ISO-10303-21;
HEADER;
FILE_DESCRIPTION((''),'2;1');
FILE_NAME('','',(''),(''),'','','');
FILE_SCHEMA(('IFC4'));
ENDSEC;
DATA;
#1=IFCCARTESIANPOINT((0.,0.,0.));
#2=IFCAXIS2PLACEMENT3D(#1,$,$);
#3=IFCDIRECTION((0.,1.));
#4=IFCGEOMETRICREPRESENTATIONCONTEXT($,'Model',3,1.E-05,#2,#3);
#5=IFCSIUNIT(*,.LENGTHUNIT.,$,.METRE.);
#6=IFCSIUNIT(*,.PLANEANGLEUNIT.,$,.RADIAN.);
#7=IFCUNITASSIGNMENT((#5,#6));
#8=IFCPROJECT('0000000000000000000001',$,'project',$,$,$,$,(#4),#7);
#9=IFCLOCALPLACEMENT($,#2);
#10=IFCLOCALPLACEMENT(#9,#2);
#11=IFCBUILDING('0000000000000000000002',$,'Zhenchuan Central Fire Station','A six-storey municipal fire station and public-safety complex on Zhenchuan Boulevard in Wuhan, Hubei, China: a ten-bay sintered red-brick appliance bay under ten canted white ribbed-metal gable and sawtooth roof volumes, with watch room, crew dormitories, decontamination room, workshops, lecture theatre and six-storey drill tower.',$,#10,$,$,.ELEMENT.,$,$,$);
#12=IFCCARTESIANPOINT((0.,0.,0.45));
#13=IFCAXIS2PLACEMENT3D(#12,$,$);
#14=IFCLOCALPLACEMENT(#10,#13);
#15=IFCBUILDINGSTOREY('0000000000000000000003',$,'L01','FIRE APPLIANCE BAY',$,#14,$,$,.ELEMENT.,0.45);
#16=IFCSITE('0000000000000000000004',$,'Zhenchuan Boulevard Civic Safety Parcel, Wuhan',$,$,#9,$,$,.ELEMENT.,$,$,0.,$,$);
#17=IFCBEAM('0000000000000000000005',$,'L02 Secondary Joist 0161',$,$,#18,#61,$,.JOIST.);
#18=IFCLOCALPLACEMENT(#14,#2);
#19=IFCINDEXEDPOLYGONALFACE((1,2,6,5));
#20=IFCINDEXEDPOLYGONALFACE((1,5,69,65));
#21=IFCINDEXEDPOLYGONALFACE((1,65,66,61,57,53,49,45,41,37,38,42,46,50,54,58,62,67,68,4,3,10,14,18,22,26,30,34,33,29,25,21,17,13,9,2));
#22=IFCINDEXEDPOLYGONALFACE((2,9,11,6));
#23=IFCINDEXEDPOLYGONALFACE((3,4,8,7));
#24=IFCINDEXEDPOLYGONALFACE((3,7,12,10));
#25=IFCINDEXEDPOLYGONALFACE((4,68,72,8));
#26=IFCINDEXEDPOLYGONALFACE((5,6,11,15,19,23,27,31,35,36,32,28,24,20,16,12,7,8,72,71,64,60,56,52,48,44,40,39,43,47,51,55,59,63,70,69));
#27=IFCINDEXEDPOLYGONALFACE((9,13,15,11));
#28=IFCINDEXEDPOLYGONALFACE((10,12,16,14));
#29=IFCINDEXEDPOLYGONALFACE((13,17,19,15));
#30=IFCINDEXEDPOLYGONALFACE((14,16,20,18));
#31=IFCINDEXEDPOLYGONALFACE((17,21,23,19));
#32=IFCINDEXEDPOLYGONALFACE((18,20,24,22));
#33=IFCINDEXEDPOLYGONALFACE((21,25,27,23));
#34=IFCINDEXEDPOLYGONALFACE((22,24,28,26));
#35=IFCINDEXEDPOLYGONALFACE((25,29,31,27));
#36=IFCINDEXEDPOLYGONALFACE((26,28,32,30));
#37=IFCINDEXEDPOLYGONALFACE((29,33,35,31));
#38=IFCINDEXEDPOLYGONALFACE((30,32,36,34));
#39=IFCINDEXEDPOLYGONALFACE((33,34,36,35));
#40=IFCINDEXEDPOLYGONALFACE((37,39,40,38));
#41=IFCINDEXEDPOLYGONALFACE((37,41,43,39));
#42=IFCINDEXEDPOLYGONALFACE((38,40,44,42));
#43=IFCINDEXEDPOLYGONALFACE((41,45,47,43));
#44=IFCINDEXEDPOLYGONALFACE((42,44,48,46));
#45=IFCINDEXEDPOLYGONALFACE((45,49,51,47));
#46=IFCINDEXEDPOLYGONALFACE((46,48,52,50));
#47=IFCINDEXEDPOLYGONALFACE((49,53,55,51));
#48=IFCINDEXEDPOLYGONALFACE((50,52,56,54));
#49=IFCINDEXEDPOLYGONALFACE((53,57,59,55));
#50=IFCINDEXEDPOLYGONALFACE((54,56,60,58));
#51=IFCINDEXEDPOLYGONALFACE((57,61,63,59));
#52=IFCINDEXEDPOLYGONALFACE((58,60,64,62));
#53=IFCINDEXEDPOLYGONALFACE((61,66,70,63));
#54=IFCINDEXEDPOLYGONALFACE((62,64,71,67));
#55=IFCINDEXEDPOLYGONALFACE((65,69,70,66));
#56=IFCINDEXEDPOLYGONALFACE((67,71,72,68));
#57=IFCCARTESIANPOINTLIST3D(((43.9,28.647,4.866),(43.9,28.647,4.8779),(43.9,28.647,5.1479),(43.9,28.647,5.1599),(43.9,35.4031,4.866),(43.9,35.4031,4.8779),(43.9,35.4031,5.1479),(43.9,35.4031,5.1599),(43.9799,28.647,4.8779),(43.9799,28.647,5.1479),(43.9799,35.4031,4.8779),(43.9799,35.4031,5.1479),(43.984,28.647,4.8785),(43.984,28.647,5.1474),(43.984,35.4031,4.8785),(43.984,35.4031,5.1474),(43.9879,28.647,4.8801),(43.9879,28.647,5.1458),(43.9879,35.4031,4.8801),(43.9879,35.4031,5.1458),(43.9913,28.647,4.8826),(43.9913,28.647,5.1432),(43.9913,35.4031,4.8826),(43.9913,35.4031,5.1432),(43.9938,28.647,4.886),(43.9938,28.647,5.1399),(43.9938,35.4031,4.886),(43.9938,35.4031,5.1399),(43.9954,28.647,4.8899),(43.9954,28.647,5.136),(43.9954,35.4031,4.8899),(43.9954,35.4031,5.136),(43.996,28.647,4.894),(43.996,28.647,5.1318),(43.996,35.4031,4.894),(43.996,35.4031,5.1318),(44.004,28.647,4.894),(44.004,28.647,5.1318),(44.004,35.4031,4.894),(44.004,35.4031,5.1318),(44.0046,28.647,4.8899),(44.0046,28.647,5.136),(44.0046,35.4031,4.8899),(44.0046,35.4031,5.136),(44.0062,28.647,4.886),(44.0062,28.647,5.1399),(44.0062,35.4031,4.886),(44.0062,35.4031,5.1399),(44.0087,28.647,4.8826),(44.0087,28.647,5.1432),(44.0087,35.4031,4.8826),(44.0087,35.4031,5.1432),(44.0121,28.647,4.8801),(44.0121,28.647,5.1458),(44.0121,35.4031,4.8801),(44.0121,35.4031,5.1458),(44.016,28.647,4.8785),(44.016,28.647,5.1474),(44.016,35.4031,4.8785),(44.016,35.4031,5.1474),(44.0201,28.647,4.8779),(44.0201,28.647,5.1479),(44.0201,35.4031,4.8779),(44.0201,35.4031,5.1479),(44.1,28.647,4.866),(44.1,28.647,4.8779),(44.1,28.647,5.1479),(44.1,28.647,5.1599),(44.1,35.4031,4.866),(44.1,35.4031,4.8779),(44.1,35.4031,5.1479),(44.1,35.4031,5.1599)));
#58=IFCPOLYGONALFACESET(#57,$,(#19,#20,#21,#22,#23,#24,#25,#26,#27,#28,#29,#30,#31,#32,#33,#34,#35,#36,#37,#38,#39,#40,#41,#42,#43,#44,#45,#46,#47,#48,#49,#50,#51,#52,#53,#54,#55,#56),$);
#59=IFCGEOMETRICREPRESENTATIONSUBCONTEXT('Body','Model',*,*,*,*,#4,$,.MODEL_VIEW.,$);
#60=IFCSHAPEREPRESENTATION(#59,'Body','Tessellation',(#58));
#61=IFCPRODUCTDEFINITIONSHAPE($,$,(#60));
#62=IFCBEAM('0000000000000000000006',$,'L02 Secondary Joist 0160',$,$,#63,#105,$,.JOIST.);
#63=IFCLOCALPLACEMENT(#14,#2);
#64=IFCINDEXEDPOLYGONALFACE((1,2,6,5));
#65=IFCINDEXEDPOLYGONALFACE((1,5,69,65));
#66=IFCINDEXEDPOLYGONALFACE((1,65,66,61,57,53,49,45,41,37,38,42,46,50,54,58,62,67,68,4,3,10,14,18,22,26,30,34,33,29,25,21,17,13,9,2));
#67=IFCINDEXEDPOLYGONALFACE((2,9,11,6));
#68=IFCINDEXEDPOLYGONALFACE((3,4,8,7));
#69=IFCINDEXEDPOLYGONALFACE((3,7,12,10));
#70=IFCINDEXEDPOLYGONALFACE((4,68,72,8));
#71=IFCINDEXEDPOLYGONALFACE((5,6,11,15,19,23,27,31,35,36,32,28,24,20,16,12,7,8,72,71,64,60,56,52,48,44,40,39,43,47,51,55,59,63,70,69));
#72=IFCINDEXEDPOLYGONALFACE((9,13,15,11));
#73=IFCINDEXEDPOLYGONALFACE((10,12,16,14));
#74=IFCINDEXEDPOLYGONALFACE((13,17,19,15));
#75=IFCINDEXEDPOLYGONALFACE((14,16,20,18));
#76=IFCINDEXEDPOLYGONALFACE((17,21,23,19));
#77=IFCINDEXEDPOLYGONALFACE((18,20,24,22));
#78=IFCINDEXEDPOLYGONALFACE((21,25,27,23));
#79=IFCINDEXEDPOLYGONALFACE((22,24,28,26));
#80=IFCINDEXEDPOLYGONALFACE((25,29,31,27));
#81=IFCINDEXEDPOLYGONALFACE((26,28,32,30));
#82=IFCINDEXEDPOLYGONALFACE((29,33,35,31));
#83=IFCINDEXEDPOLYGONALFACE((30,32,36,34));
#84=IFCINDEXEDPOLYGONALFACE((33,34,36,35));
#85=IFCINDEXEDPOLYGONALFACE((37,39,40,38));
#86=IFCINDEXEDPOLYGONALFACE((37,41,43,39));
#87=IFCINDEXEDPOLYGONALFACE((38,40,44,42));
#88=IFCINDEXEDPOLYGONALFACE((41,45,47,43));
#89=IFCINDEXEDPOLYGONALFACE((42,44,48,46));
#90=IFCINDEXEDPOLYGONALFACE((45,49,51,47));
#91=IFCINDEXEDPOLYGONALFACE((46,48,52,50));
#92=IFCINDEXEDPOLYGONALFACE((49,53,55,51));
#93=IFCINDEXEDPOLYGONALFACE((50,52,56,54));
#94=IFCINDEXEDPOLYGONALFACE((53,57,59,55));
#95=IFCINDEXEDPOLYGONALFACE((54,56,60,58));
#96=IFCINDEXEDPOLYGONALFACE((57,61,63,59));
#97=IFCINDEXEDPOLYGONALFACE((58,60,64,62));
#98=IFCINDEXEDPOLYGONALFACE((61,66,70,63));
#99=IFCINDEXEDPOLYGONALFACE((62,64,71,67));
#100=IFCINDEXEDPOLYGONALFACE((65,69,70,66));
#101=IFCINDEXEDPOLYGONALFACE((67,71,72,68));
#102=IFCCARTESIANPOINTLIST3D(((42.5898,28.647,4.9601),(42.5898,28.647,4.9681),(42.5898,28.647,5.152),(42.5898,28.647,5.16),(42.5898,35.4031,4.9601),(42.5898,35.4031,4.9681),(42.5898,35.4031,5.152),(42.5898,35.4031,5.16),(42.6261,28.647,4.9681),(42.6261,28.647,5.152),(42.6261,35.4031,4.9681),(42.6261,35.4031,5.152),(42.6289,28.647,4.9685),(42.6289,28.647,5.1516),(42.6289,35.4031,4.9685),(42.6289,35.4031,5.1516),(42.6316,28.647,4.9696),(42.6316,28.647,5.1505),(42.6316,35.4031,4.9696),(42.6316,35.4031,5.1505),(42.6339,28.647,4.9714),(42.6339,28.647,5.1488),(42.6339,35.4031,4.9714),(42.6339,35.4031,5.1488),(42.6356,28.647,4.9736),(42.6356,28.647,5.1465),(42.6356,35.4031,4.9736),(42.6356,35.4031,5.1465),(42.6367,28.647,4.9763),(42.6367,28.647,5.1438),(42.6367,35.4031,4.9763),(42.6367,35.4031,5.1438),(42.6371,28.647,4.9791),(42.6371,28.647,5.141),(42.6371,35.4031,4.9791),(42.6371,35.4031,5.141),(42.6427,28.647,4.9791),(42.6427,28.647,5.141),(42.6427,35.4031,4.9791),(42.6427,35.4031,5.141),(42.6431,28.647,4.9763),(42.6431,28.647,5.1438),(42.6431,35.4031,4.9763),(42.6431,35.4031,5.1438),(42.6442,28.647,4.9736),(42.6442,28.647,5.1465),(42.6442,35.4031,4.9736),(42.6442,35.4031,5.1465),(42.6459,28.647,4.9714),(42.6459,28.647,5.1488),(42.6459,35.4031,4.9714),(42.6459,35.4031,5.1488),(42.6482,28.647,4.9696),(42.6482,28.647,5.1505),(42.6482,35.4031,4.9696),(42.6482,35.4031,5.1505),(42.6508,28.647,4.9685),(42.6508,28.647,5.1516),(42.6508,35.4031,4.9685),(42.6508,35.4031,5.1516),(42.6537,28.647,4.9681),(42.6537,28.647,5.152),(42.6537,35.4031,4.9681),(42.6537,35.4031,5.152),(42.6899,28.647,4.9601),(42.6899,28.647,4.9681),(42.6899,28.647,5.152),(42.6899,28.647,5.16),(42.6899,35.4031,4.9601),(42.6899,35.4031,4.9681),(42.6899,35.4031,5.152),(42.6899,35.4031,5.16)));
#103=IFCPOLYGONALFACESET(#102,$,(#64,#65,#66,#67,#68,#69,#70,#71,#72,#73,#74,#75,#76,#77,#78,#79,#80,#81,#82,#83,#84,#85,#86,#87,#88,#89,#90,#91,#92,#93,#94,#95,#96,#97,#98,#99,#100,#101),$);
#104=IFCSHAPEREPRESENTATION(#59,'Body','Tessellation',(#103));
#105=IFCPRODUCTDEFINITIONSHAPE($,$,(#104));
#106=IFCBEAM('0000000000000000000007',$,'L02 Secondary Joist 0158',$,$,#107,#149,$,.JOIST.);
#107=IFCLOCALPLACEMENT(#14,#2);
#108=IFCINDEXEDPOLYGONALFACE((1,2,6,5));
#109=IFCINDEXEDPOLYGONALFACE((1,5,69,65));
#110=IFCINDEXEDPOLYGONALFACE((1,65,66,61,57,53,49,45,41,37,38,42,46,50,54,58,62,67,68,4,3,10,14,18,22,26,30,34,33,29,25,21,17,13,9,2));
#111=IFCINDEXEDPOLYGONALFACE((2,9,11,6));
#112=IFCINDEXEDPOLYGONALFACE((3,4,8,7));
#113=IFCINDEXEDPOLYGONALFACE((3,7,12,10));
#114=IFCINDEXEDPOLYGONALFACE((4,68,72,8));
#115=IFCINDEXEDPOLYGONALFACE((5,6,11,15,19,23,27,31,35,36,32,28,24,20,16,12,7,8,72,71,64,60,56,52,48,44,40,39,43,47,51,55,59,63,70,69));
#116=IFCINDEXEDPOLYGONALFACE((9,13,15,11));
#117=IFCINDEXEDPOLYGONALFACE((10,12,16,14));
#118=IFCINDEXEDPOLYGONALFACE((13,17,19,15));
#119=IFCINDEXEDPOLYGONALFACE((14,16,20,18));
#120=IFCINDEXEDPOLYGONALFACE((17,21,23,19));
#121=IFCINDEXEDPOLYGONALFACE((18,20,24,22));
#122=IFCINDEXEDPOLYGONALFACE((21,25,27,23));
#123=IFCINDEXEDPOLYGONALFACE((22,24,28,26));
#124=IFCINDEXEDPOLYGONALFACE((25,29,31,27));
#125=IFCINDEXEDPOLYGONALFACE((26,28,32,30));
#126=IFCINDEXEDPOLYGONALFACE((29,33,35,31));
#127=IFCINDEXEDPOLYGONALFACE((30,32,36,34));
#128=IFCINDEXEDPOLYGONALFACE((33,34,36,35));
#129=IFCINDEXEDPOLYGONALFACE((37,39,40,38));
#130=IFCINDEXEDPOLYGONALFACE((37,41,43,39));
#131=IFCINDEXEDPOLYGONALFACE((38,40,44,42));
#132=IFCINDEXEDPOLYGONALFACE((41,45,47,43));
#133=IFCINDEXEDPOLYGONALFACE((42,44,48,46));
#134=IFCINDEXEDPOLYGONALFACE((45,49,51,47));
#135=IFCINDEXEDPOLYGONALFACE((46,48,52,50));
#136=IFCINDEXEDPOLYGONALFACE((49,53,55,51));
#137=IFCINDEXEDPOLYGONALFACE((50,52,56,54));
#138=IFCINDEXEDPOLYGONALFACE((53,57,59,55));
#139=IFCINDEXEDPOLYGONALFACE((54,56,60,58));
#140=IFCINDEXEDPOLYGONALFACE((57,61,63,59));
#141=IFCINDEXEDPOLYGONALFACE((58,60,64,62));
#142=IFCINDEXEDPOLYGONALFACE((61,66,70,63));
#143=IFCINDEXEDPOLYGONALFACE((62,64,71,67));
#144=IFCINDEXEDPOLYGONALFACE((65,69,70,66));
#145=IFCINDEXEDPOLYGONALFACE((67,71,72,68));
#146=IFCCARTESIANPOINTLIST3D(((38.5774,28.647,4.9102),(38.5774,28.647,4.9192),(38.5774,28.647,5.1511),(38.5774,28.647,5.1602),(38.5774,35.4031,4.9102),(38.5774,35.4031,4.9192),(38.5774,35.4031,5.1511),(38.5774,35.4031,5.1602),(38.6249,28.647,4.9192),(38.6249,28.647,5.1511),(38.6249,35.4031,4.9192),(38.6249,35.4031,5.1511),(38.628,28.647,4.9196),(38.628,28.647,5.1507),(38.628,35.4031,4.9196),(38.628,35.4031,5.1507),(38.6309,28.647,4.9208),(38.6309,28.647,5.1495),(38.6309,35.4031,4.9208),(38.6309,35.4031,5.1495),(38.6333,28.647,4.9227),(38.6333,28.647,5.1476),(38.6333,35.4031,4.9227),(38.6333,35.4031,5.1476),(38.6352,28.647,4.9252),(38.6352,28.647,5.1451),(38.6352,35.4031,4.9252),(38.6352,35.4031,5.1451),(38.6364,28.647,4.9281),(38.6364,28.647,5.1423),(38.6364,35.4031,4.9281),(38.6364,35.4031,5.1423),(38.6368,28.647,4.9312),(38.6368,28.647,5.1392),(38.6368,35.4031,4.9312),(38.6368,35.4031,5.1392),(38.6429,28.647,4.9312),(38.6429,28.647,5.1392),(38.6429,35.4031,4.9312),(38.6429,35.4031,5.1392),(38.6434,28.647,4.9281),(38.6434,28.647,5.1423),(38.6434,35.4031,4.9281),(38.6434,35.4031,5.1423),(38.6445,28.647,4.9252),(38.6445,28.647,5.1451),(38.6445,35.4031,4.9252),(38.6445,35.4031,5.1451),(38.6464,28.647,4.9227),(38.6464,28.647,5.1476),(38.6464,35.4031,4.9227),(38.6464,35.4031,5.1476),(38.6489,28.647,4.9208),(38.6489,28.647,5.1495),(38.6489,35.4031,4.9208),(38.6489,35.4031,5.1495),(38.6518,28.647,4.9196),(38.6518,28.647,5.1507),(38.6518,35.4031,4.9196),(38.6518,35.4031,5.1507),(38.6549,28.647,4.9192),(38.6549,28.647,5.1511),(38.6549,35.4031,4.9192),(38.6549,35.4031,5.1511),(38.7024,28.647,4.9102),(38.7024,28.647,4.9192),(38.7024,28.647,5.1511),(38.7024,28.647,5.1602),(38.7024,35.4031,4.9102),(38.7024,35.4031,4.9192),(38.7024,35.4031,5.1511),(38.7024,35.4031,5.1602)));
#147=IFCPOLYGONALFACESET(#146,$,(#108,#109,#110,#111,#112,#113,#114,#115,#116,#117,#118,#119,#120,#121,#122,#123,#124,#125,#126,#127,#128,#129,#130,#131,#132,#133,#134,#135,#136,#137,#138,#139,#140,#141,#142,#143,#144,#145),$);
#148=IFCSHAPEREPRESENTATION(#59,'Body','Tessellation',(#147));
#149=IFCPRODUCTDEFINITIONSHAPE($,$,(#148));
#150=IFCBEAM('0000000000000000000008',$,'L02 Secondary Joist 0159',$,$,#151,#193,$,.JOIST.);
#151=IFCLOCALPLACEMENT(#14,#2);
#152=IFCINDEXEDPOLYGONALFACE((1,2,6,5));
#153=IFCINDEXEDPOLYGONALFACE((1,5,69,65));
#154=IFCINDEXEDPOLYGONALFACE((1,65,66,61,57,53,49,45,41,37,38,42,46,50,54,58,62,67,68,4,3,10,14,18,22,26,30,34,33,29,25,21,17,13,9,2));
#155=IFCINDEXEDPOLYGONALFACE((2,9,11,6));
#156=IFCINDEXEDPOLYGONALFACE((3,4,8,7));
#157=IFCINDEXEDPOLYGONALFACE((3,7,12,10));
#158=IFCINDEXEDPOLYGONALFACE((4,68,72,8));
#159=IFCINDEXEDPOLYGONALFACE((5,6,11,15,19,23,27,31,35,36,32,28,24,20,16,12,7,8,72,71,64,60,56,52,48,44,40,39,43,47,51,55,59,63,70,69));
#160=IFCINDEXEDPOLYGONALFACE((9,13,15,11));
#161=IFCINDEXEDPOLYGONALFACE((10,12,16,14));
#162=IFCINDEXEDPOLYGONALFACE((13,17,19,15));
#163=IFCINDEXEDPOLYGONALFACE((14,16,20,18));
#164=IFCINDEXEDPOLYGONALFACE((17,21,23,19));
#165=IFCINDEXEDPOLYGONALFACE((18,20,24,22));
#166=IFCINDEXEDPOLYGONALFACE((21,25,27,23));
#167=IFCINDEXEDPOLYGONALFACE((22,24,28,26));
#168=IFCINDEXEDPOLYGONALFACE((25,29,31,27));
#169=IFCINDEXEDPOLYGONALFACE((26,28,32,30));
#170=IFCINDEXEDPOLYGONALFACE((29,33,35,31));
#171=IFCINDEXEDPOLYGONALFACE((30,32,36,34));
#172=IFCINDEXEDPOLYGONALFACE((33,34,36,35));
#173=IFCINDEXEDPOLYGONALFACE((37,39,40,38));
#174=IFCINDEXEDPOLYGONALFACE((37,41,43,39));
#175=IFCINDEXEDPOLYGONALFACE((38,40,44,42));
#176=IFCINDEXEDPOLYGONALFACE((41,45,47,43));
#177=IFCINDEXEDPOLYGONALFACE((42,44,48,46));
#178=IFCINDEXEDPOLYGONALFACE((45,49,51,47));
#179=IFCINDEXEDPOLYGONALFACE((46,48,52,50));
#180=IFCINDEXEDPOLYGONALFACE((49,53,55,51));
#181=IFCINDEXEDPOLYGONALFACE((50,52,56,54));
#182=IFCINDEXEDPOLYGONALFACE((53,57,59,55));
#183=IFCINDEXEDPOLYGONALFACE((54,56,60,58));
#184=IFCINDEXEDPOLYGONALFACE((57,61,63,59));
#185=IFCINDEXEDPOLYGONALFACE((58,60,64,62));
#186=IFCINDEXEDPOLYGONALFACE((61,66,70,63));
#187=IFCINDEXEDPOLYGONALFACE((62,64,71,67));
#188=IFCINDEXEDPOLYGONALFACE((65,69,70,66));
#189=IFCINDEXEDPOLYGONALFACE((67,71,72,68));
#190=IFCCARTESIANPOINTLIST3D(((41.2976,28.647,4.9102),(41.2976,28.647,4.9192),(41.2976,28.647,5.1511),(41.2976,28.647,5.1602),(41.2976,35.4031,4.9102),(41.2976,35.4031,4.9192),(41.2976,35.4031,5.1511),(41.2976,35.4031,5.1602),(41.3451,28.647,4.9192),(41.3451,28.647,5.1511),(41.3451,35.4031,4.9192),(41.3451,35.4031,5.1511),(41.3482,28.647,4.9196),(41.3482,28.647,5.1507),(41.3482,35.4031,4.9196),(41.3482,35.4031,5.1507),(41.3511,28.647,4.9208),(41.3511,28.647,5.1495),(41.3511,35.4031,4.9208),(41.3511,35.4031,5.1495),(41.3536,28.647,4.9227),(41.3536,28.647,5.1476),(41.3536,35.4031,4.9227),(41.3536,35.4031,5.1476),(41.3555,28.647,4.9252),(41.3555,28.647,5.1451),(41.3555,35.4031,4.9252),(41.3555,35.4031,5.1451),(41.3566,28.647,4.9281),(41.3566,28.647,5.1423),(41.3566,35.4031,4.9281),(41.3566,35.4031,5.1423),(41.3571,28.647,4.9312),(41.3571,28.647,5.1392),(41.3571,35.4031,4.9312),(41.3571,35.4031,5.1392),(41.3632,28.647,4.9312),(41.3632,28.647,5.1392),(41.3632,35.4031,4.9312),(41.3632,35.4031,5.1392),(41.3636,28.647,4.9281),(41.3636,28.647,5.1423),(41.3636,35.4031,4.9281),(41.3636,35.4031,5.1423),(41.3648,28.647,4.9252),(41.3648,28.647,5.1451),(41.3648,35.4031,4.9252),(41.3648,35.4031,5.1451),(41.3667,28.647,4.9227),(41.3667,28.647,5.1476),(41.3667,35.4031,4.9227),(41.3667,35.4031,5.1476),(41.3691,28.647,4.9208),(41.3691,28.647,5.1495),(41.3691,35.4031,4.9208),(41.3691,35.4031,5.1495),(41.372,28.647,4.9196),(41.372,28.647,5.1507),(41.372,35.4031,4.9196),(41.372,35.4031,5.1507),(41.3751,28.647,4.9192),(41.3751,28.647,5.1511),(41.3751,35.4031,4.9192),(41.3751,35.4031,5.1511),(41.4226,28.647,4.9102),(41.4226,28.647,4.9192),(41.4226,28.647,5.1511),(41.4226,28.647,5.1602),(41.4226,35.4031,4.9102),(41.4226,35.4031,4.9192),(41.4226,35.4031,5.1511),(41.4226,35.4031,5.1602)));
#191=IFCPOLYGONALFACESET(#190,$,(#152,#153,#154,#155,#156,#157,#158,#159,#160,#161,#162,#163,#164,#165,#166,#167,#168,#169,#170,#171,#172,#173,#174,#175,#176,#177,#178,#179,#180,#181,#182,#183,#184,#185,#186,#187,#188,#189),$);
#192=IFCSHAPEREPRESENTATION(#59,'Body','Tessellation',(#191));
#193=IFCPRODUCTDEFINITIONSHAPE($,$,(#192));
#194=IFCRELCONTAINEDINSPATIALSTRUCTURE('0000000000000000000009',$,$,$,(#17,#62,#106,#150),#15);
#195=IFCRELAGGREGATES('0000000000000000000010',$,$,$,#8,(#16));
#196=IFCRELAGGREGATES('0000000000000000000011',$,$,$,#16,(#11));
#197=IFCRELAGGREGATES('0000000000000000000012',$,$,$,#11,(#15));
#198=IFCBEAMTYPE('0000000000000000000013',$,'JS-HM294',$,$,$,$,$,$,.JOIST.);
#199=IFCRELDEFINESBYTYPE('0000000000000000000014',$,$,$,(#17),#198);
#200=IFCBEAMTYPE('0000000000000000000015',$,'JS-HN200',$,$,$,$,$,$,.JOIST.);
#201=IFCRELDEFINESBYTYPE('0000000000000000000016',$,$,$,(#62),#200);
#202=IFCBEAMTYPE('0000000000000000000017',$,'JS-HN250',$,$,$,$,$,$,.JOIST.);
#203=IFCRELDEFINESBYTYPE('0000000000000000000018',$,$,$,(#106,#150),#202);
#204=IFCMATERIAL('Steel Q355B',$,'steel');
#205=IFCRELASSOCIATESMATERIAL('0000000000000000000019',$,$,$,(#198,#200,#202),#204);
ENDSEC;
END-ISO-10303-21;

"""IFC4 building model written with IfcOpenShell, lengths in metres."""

from ifc_helpers import new_model, si_unit, direction, frame, origin, origin_2d, place, context, subcontext, project, spatial, i_section, extrude, material, material_profile, profile_set, type_object, element, save


model = new_model("IFC4")

# Units and contexts
model_context = context("Model", 3, precision=1e-05, world=origin(), true_north=direction((0.0, 1.0)))
body_context = subcontext(model_context, "Body", "Model", "MODEL_VIEW")
ifc_project = project(units=[si_unit("LENGTHUNIT", "METRE"), si_unit("PLANEANGLEUNIT", "RADIAN")], contexts=[model_context])

# Site, building, storey
site_placement = place(None, origin())
site = spatial("IfcSite", under=ifc_project, at=site_placement, Name="Zhenchuan Boulevard Civic Safety Parcel, Wuhan", CompositionType="ELEMENT", RefElevation=0.0)
building_placement = place(site_placement, origin())
building = spatial("IfcBuilding", under=site, at=building_placement, Name="Zhenchuan Central Fire Station", Description="A six-storey municipal fire station and public-safety complex on Zhenchuan Boulevard in Wuhan, Hubei, China: a ten-bay sintered red-brick appliance bay under ten canted white ribbed-metal gable and sawtooth roof volumes, with watch room, crew dormitories, decontamination room, workshops, lecture theatre and six-storey drill tower.", CompositionType="ELEMENT")
storey_placement = place(building_placement, frame((0.0, 0.0, 0.45)))
storey = spatial("IfcBuildingStorey", under=building, at=storey_placement, Name="L01", Description="FIRE APPLIANCE BAY", CompositionType="ELEMENT", Elevation=0.45)

# Shared definitions
ifc_material_1 = material(Name="Steel Q355B", Category="steel")

# Beams
ifc_material_profile_1 = material_profile(ifc_material_1, i_section(OverallWidth=0.2, OverallDepth=0.2939, WebThickness=0.0081, FlangeThickness=0.012, FilletRadius=0.0161, at=origin_2d()), Name="HM 294x200")
ifc_profile_set_1 = profile_set([ifc_material_profile_1], Name="Steel Q355B")
beam_type_1 = type_object("IfcBeamType", Name="JS-HM294", PredefinedType="JOIST", material=ifc_profile_set_1)
beam_1_placement = place(storey_placement, frame((44.0, 28.647, 5.0129), z_axis=(0.0, 1.0, 0.0), x_axis=(-1.0, 0.0, 0.0)))
element("IfcBeam", 1, at=beam_1_placement, inside=storey, type_object=beam_type_1, Name="L02 Secondary Joist 0161", PredefinedType="JOIST", context=body_context, shape_type="SweptSolid", body=[
    extrude(i_section(OverallWidth=0.2, OverallDepth=0.2939, WebThickness=0.0081, FlangeThickness=0.012, FilletRadius=0.0161, at=origin_2d()), origin(), (0.0, 0.0, 1.0), 6.7561),
])
ifc_material_profile_2 = material_profile(ifc_material_1, i_section(OverallWidth=0.1001, OverallDepth=0.2, WebThickness=0.0056, FlangeThickness=0.0081, FilletRadius=0.011, at=origin_2d()), Name="HN 200x100")
ifc_profile_set_2 = profile_set([ifc_material_profile_2], Name="Steel Q355B")
beam_type_2 = type_object("IfcBeamType", Name="JS-HN200", PredefinedType="JOIST", material=ifc_profile_set_2)
beam_2_placement = place(storey_placement, frame((42.6399, 28.647, 5.0601), z_axis=(0.0, 1.0, 0.0), x_axis=(-1.0, 0.0, 0.0)))
element("IfcBeam", 2, at=beam_2_placement, inside=storey, type_object=beam_type_2, Name="L02 Secondary Joist 0160", PredefinedType="JOIST", context=body_context, shape_type="SweptSolid", body=[
    extrude(i_section(OverallWidth=0.1001, OverallDepth=0.2, WebThickness=0.0056, FlangeThickness=0.0081, FilletRadius=0.011, at=origin_2d()), origin(), (0.0, 0.0, 1.0), 6.7561),
])
ifc_material_profile_3 = material_profile(ifc_material_1, i_section(OverallWidth=0.125, OverallDepth=0.25, WebThickness=0.0061, FlangeThickness=0.009, FilletRadius=0.012, at=origin_2d()), Name="HN 250x125")
ifc_profile_set_3 = profile_set([ifc_material_profile_3], Name="Steel Q355B")
beam_type_3 = type_object("IfcBeamType", Name="JS-HN250", PredefinedType="JOIST", material=ifc_profile_set_3)
for number, where, z_axis, x_axis, name in (
    (3, (38.6399, 28.647, 5.0352), (0.0, 1.0, 0.0), (-1.0, 0.0, 0.0), "L02 Secondary Joist 0158"),
    (4, (41.3601, 28.647, 5.0352), (0.0, 1.0, 0.0), (-1.0, 0.0, 0.0), "L02 Secondary Joist 0159"),
):
    element("IfcBeam", number, at=place(storey_placement, frame(where, z_axis=z_axis, x_axis=x_axis)), inside=storey, type_object=beam_type_3, Name=name, PredefinedType="JOIST", context=body_context, shape_type="SweptSolid", body=[
        extrude(i_section(OverallWidth=0.125, OverallDepth=0.25, WebThickness=0.0061, FlangeThickness=0.009, FilletRadius=0.012, at=origin_2d()), origin(), (0.0, 0.0, 1.0), 6.7561),
    ])

save(model, "model.ifc")
